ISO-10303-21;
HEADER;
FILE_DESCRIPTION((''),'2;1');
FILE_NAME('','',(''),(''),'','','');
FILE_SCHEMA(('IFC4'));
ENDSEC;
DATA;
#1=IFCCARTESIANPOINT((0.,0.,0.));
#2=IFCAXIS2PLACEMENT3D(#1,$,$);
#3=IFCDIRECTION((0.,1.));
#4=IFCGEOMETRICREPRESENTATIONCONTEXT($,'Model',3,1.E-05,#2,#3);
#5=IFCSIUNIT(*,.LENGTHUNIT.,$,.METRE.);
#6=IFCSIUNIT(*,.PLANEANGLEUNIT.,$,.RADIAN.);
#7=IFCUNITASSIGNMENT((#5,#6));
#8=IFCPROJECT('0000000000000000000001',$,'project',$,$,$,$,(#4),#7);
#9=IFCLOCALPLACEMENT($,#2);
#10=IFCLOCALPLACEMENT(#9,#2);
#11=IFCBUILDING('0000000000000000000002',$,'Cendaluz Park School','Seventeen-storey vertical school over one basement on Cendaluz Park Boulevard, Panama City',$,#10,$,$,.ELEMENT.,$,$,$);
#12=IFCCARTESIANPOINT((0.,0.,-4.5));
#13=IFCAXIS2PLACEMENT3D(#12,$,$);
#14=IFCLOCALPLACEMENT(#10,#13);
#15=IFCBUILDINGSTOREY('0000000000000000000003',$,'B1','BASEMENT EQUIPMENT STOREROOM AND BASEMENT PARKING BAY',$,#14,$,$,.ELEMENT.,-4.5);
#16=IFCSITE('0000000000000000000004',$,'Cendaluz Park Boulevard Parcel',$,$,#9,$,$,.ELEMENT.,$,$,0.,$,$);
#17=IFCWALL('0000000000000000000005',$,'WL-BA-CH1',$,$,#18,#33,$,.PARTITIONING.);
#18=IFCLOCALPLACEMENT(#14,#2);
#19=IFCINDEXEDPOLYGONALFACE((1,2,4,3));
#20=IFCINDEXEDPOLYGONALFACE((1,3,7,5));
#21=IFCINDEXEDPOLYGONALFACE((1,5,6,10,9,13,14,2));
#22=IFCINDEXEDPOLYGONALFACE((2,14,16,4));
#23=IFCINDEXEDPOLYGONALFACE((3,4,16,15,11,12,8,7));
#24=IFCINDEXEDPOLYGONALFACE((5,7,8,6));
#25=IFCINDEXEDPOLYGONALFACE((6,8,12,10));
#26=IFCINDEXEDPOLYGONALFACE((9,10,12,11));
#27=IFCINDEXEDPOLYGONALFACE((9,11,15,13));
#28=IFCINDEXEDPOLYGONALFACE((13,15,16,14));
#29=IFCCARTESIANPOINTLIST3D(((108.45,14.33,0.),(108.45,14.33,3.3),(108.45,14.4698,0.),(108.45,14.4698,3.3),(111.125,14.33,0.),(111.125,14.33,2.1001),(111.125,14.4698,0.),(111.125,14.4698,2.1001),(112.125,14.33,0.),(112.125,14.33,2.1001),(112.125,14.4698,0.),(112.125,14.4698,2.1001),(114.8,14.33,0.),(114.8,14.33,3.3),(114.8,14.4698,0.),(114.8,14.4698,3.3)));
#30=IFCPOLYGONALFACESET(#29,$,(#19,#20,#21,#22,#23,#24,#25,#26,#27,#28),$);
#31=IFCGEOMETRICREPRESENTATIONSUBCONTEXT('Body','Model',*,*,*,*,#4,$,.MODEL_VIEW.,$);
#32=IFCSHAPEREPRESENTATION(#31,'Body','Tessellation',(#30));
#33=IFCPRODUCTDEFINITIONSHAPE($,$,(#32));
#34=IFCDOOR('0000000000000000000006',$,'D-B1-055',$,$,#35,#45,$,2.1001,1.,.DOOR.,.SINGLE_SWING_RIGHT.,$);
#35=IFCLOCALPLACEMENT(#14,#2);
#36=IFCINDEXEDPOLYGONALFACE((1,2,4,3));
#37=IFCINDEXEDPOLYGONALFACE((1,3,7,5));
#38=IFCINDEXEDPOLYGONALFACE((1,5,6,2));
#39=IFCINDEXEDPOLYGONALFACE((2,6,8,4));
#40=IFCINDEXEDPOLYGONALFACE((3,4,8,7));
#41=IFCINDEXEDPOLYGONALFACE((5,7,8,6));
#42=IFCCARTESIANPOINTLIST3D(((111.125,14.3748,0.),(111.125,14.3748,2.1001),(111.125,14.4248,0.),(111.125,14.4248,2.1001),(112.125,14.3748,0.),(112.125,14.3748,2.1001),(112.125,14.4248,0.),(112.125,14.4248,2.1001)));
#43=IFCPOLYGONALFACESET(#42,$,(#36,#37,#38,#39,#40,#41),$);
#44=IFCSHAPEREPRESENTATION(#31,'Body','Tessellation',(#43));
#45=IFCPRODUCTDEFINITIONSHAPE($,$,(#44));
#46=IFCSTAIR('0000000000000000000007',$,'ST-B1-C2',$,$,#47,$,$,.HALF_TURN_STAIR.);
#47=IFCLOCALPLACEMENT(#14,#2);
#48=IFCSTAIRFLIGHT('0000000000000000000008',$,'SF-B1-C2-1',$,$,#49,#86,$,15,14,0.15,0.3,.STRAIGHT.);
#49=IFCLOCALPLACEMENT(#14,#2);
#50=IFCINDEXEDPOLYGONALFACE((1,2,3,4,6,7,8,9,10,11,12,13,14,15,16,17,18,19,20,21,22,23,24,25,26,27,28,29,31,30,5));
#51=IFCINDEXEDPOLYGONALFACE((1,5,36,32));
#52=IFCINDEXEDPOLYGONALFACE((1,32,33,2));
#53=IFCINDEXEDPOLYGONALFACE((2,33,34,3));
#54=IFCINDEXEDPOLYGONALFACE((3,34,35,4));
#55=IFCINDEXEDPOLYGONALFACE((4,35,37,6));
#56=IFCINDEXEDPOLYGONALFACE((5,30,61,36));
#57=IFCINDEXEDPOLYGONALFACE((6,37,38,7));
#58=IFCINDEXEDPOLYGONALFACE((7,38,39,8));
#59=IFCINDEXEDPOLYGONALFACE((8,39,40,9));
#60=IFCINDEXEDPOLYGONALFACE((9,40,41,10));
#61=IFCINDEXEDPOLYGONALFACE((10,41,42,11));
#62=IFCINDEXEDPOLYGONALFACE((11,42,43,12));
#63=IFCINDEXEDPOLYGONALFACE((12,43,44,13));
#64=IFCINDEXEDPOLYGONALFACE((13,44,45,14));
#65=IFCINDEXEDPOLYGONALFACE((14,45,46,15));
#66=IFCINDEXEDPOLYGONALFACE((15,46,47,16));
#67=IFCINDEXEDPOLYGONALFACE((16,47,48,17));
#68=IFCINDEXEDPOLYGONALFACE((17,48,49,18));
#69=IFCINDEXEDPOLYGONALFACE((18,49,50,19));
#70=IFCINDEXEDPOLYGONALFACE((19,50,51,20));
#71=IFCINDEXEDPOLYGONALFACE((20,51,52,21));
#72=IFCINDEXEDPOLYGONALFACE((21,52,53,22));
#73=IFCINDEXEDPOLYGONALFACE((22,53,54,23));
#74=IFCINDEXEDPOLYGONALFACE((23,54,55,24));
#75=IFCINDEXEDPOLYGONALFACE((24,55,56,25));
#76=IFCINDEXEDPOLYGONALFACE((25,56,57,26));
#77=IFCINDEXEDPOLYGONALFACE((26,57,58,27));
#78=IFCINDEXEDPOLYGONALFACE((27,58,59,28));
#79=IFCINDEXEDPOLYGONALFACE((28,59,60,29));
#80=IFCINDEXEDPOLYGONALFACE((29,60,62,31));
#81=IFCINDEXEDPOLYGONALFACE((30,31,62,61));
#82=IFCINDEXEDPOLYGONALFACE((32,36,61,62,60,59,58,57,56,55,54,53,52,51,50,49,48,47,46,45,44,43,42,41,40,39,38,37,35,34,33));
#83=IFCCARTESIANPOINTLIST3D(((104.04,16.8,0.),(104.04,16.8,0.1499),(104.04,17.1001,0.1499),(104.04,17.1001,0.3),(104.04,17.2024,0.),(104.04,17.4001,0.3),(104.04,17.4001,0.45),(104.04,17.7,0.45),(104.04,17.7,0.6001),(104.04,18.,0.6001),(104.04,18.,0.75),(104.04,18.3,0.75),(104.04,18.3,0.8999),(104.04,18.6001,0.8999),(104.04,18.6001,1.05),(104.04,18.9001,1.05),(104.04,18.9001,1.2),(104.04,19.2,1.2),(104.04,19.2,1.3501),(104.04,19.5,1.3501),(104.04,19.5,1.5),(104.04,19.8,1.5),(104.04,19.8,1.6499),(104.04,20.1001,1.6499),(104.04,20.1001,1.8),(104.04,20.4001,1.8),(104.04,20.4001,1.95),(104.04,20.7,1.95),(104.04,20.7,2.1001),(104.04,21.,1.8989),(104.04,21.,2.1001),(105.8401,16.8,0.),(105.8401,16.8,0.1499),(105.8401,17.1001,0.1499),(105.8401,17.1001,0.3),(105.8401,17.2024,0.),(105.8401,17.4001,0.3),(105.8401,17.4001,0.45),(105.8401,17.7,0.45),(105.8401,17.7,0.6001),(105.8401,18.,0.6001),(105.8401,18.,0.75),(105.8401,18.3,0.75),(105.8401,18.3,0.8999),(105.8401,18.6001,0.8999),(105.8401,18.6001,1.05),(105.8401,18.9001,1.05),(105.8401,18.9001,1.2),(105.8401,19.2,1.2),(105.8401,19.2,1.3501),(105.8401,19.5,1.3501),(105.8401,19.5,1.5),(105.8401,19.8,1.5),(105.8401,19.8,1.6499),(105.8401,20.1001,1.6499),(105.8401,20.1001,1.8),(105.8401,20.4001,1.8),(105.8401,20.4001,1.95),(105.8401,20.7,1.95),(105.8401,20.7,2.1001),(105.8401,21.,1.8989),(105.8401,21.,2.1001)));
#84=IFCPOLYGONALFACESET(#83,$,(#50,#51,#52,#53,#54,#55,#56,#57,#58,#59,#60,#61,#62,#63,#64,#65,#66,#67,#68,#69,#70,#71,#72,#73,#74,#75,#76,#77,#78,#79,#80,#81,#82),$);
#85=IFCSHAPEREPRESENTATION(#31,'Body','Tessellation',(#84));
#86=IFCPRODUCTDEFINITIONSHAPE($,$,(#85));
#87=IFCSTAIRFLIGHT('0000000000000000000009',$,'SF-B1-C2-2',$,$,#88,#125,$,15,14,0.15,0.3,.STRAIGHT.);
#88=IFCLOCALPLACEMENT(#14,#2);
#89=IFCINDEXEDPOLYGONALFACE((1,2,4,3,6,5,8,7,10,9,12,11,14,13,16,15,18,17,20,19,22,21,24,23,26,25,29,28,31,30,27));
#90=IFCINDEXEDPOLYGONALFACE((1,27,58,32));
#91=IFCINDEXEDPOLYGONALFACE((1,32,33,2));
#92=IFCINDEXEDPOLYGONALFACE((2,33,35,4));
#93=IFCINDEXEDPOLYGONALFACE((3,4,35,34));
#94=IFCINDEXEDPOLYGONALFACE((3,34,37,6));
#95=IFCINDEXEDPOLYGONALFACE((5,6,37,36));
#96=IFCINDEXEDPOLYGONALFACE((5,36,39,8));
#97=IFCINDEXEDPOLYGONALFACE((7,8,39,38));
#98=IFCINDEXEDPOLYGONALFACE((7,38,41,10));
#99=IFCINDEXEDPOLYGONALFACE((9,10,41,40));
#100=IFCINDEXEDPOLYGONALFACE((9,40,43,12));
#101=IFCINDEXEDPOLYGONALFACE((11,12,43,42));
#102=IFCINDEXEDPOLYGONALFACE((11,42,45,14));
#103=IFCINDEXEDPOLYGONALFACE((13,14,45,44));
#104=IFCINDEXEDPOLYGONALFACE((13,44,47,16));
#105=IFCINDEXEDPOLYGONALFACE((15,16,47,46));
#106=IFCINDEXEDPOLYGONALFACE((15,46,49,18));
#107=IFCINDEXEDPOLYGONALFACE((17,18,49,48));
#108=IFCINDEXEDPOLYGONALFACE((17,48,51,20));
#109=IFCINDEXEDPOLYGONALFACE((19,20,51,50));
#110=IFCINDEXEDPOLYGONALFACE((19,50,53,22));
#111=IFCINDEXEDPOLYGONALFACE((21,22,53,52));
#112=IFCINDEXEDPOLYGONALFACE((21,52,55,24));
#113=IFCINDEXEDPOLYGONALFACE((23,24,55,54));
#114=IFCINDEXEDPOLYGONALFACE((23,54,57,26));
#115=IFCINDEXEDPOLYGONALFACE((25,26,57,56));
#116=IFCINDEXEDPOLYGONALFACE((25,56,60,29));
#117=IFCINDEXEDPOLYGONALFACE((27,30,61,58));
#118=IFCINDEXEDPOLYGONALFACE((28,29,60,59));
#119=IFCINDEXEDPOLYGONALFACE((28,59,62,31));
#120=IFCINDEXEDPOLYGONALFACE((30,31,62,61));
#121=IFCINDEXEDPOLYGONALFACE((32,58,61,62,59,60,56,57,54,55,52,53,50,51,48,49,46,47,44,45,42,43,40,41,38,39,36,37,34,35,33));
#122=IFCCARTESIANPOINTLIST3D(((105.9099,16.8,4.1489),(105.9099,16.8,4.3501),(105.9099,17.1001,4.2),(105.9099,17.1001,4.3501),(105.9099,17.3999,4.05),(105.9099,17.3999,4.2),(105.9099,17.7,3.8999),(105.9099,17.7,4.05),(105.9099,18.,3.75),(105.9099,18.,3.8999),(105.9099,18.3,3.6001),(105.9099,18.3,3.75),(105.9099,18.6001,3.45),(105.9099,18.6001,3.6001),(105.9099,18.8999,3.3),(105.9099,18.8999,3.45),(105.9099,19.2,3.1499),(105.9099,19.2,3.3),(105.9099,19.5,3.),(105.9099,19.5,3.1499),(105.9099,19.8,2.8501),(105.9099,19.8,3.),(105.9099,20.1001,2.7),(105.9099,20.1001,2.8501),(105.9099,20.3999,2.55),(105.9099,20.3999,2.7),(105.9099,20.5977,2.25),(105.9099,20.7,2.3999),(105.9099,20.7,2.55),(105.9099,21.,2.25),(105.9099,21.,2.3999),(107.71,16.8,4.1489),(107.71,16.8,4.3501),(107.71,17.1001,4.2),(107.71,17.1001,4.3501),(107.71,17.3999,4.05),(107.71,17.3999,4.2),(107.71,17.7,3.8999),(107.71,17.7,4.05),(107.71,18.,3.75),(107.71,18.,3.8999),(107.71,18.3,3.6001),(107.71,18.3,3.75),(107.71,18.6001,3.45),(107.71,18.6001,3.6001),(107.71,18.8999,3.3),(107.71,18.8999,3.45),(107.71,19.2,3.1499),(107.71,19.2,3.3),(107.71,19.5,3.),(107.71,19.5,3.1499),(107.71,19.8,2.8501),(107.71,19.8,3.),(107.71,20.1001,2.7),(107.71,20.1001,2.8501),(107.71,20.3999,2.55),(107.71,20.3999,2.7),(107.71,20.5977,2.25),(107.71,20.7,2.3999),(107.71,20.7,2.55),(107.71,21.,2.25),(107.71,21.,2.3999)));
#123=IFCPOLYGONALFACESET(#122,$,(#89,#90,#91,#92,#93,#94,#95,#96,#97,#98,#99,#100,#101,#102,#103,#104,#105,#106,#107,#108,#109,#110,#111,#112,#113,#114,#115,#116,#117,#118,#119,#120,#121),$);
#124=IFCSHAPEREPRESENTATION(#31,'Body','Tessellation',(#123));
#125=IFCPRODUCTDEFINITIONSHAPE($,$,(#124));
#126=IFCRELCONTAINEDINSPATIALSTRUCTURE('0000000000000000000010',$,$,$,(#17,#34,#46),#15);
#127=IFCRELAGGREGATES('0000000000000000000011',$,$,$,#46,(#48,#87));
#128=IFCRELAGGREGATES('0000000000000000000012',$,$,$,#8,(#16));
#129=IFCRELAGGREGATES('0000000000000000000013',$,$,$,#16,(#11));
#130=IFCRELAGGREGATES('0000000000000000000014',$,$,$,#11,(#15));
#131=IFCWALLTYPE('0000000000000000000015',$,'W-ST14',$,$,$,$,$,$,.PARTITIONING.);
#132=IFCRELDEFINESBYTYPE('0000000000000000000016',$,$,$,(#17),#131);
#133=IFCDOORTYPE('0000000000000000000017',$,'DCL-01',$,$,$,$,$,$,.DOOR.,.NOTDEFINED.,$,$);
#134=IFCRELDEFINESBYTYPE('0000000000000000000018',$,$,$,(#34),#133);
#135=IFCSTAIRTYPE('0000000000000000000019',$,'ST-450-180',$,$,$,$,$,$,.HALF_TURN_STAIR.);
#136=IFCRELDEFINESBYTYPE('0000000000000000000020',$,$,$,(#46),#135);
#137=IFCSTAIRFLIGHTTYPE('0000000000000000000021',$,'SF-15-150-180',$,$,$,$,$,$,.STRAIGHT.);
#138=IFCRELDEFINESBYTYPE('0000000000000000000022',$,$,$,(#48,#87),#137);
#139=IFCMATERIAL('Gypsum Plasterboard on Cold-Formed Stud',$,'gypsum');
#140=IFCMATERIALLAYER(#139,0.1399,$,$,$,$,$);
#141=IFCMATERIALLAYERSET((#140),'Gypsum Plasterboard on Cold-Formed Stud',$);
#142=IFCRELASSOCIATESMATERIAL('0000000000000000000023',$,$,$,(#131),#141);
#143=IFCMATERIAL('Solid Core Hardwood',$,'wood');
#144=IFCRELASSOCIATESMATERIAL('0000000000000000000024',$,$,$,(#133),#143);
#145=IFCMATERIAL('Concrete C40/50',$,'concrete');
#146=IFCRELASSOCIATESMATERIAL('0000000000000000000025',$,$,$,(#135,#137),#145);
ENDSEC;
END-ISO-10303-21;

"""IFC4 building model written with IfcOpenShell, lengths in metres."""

from ifc_helpers import new_model, si_unit, direction, frame, frame_2d, origin, place, context, subcontext, project, spatial, polyline, rectangle, outline, extrude, material, layer, layer_set, type_object, element, fill, aggregate, save


model = new_model("IFC4")

# Units and contexts
model_context = context("Model", 3, precision=1e-05, world=origin(), true_north=direction((0.0, 1.0)))
body_context = subcontext(model_context, "Body", "Model", "MODEL_VIEW")
ifc_project = project(units=[si_unit("LENGTHUNIT", "METRE"), si_unit("PLANEANGLEUNIT", "RADIAN")], contexts=[model_context])

# Site, building, storey
site_placement = place(None, origin())
site = spatial("IfcSite", under=ifc_project, at=site_placement, Name="Cendaluz Park Boulevard Parcel", CompositionType="ELEMENT", RefElevation=0.0)
building_placement = place(site_placement, origin())
building = spatial("IfcBuilding", under=site, at=building_placement, Name="Cendaluz Park School", Description="Seventeen-storey vertical school over one basement on Cendaluz Park Boulevard, Panama City", CompositionType="ELEMENT")
storey_placement = place(building_placement, frame((0.0, 0.0, -4.5)))
storey = spatial("IfcBuildingStorey", under=building, at=storey_placement, Name="B1", Description="BASEMENT EQUIPMENT STOREROOM AND BASEMENT PARKING BAY", CompositionType="ELEMENT", Elevation=-4.5)

# Shared definitions
ifc_material_1 = material(Name="Concrete C40/50", Category="concrete")

# Shared definitions
ifc_material_2 = material(Name="Solid Core Hardwood", Category="wood")

# Wall, opening, door
ifc_material_3 = material(Name="Gypsum Plasterboard on Cold-Formed Stud", Category="gypsum")
ifc_layer_1 = layer(ifc_material_3, 0.1399)
ifc_layer_set_1 = layer_set([ifc_layer_1], Name="Gypsum Plasterboard on Cold-Formed Stud")
wall_type_1 = type_object("IfcWallType", Name="W-ST14", PredefinedType="PARTITIONING", material=ifc_layer_set_1)
wall_1_placement = place(storey_placement, frame((108.45, 14.3999, 0.0), z_axis=(0.0, 0.0, 1.0), x_axis=(1.0, 0.0, 0.0)))
wall_1 = element("IfcWall", 1, at=wall_1_placement, inside=storey, type_object=wall_type_1, Name="WL-BA-CH1", PredefinedType="PARTITIONING", context=body_context, shape_type="SweptSolid", body=[
    extrude(rectangle(XDim=6.3501, YDim=0.1399, at=frame_2d((3.175, 0.0))), origin(), (0.0, 0.0, 1.0), 3.3),
])
opening_1_placement = place(wall_1_placement, frame((2.675, 0.0, 0.0)))
opening_1 = element("IfcOpeningElement", 2, at=opening_1_placement, cuts=wall_1, PredefinedType="OPENING", context=body_context, shape_type="SweptSolid", body=[
    extrude(rectangle(XDim=1.0, YDim=2.1001, at=frame_2d((0.5, 1.05))), frame((0.0, 0.082, 0.0), z_axis=(0.0, -1.0, 0.0), x_axis=(1.0, 0.0, 0.0)), (0.0, 0.0, 1.0), 0.1638),
])
door_type_1 = type_object("IfcDoorType", Name="DCL-01", OperationType="NOTDEFINED", PredefinedType="DOOR", material=ifc_material_2)
door_1_placement = place(opening_1_placement, origin())
door_1 = element("IfcDoor", 3, at=door_1_placement, inside=storey, type_object=door_type_1, Name="D-B1-055", OperationType="SINGLE_SWING_RIGHT", OverallHeight=2.1001, OverallWidth=1.0, PredefinedType="DOOR", context=body_context, shape_type="SweptSolid", body=[
    extrude(rectangle(XDim=1.0, YDim=2.1001, at=frame_2d((0.5, 1.05))), frame((0.0, 0.0249, 0.0), z_axis=(0.0, -1.0, 0.0), x_axis=(1.0, 0.0, 0.0)), (0.0, 0.0, 1.0), 0.05),
])
fill(opening_1, door_1)

# Stair, stair flights
stair_type = type_object("IfcStairType", Name="ST-450-180", PredefinedType="HALF_TURN_STAIR", material=ifc_material_1)
stair_placement = place(storey_placement, origin())
stair = element("IfcStair", 4, at=stair_placement, inside=storey, type_object=stair_type, Name="ST-B1-C2", PredefinedType="HALF_TURN_STAIR")
stair_flight_type = type_object("IfcStairFlightType", Name="SF-15-150-180", PredefinedType="STRAIGHT", material=ifc_material_1)
stair_flight_1_placement = place(storey_placement, frame((104.9399, 16.8, 0.0), z_axis=(0.0, 0.0, 1.0), x_axis=(0.0, 1.0, 0.0)))
stair_flight_1 = element("IfcStairFlight", 5, at=stair_flight_1_placement, type_object=stair_flight_type, Name="SF-B1-C2-1", NumberOfRisers=15, NumberOfTreads=14, PredefinedType="STRAIGHT", RiserHeight=0.15, TreadLength=0.3, context=body_context, shape_type="SweptSolid", body=[
    extrude(outline(polyline([(0.0, 0.0), (0.0, 0.1499), (0.3, 0.1499), (0.3, 0.3), (0.6001, 0.3), (0.6001, 0.45), (0.8999, 0.45), (0.8999, 0.6001), (1.2, 0.6001), (1.2, 0.75), (1.5, 0.75), (1.5, 0.8999), (1.8, 0.8999), (1.8, 1.05), (2.1001, 1.05), (2.1001, 1.2), (2.3999, 1.2), (2.3999, 1.3501), (2.7, 1.3501), (2.7, 1.5), (3.0, 1.5), (3.0, 1.6499), (3.3, 1.6499), (3.3, 1.8), (3.6001, 1.8), (3.6001, 1.95), (3.8999, 1.95), (3.8999, 2.1001), (4.2, 2.1001), (4.2, 2.25), (4.2, 1.8989), (0.4023, 0.0), (0.0, 0.0)])), frame((0.0, 0.8999, 0.0), z_axis=(0.0, -1.0, 0.0), x_axis=(1.0, 0.0, 0.0)), (0.0, 0.0, 1.0), 1.8),
])
stair_flight_2_placement = place(storey_placement, frame((106.8101, 21.0, 2.25), z_axis=(0.0, 0.0, 1.0), x_axis=(0.0, -1.0, 0.0)))
stair_flight_2 = element("IfcStairFlight", 6, at=stair_flight_2_placement, type_object=stair_flight_type, Name="SF-B1-C2-2", NumberOfRisers=15, NumberOfTreads=14, PredefinedType="STRAIGHT", RiserHeight=0.15, TreadLength=0.3, context=body_context, shape_type="SweptSolid", body=[
    extrude(outline(polyline([(0.0, 0.0), (0.0, 0.1499), (0.3, 0.1499), (0.3, 0.3), (0.6001, 0.3), (0.6001, 0.45), (0.8999, 0.45), (0.8999, 0.6001), (1.2, 0.6001), (1.2, 0.75), (1.5, 0.75), (1.5, 0.8999), (1.8, 0.8999), (1.8, 1.05), (2.1001, 1.05), (2.1001, 1.2), (2.3999, 1.2), (2.3999, 1.3501), (2.7, 1.3501), (2.7, 1.5), (3.0, 1.5), (3.0, 1.6499), (3.3, 1.6499), (3.3, 1.8), (3.6001, 1.8), (3.6001, 1.95), (3.8999, 1.95), (3.8999, 2.1001), (4.2, 2.1001), (4.2, 2.25), (4.2, 1.8989), (0.4023, 0.0), (0.0, 0.0)])), frame((0.0, 0.8999, 0.0), z_axis=(0.0, -1.0, 0.0), x_axis=(1.0, 0.0, 0.0)), (0.0, 0.0, 1.0), 1.8),
])
aggregate(stair, [stair_flight_1, stair_flight_2])

save(model, "model.ifc")
